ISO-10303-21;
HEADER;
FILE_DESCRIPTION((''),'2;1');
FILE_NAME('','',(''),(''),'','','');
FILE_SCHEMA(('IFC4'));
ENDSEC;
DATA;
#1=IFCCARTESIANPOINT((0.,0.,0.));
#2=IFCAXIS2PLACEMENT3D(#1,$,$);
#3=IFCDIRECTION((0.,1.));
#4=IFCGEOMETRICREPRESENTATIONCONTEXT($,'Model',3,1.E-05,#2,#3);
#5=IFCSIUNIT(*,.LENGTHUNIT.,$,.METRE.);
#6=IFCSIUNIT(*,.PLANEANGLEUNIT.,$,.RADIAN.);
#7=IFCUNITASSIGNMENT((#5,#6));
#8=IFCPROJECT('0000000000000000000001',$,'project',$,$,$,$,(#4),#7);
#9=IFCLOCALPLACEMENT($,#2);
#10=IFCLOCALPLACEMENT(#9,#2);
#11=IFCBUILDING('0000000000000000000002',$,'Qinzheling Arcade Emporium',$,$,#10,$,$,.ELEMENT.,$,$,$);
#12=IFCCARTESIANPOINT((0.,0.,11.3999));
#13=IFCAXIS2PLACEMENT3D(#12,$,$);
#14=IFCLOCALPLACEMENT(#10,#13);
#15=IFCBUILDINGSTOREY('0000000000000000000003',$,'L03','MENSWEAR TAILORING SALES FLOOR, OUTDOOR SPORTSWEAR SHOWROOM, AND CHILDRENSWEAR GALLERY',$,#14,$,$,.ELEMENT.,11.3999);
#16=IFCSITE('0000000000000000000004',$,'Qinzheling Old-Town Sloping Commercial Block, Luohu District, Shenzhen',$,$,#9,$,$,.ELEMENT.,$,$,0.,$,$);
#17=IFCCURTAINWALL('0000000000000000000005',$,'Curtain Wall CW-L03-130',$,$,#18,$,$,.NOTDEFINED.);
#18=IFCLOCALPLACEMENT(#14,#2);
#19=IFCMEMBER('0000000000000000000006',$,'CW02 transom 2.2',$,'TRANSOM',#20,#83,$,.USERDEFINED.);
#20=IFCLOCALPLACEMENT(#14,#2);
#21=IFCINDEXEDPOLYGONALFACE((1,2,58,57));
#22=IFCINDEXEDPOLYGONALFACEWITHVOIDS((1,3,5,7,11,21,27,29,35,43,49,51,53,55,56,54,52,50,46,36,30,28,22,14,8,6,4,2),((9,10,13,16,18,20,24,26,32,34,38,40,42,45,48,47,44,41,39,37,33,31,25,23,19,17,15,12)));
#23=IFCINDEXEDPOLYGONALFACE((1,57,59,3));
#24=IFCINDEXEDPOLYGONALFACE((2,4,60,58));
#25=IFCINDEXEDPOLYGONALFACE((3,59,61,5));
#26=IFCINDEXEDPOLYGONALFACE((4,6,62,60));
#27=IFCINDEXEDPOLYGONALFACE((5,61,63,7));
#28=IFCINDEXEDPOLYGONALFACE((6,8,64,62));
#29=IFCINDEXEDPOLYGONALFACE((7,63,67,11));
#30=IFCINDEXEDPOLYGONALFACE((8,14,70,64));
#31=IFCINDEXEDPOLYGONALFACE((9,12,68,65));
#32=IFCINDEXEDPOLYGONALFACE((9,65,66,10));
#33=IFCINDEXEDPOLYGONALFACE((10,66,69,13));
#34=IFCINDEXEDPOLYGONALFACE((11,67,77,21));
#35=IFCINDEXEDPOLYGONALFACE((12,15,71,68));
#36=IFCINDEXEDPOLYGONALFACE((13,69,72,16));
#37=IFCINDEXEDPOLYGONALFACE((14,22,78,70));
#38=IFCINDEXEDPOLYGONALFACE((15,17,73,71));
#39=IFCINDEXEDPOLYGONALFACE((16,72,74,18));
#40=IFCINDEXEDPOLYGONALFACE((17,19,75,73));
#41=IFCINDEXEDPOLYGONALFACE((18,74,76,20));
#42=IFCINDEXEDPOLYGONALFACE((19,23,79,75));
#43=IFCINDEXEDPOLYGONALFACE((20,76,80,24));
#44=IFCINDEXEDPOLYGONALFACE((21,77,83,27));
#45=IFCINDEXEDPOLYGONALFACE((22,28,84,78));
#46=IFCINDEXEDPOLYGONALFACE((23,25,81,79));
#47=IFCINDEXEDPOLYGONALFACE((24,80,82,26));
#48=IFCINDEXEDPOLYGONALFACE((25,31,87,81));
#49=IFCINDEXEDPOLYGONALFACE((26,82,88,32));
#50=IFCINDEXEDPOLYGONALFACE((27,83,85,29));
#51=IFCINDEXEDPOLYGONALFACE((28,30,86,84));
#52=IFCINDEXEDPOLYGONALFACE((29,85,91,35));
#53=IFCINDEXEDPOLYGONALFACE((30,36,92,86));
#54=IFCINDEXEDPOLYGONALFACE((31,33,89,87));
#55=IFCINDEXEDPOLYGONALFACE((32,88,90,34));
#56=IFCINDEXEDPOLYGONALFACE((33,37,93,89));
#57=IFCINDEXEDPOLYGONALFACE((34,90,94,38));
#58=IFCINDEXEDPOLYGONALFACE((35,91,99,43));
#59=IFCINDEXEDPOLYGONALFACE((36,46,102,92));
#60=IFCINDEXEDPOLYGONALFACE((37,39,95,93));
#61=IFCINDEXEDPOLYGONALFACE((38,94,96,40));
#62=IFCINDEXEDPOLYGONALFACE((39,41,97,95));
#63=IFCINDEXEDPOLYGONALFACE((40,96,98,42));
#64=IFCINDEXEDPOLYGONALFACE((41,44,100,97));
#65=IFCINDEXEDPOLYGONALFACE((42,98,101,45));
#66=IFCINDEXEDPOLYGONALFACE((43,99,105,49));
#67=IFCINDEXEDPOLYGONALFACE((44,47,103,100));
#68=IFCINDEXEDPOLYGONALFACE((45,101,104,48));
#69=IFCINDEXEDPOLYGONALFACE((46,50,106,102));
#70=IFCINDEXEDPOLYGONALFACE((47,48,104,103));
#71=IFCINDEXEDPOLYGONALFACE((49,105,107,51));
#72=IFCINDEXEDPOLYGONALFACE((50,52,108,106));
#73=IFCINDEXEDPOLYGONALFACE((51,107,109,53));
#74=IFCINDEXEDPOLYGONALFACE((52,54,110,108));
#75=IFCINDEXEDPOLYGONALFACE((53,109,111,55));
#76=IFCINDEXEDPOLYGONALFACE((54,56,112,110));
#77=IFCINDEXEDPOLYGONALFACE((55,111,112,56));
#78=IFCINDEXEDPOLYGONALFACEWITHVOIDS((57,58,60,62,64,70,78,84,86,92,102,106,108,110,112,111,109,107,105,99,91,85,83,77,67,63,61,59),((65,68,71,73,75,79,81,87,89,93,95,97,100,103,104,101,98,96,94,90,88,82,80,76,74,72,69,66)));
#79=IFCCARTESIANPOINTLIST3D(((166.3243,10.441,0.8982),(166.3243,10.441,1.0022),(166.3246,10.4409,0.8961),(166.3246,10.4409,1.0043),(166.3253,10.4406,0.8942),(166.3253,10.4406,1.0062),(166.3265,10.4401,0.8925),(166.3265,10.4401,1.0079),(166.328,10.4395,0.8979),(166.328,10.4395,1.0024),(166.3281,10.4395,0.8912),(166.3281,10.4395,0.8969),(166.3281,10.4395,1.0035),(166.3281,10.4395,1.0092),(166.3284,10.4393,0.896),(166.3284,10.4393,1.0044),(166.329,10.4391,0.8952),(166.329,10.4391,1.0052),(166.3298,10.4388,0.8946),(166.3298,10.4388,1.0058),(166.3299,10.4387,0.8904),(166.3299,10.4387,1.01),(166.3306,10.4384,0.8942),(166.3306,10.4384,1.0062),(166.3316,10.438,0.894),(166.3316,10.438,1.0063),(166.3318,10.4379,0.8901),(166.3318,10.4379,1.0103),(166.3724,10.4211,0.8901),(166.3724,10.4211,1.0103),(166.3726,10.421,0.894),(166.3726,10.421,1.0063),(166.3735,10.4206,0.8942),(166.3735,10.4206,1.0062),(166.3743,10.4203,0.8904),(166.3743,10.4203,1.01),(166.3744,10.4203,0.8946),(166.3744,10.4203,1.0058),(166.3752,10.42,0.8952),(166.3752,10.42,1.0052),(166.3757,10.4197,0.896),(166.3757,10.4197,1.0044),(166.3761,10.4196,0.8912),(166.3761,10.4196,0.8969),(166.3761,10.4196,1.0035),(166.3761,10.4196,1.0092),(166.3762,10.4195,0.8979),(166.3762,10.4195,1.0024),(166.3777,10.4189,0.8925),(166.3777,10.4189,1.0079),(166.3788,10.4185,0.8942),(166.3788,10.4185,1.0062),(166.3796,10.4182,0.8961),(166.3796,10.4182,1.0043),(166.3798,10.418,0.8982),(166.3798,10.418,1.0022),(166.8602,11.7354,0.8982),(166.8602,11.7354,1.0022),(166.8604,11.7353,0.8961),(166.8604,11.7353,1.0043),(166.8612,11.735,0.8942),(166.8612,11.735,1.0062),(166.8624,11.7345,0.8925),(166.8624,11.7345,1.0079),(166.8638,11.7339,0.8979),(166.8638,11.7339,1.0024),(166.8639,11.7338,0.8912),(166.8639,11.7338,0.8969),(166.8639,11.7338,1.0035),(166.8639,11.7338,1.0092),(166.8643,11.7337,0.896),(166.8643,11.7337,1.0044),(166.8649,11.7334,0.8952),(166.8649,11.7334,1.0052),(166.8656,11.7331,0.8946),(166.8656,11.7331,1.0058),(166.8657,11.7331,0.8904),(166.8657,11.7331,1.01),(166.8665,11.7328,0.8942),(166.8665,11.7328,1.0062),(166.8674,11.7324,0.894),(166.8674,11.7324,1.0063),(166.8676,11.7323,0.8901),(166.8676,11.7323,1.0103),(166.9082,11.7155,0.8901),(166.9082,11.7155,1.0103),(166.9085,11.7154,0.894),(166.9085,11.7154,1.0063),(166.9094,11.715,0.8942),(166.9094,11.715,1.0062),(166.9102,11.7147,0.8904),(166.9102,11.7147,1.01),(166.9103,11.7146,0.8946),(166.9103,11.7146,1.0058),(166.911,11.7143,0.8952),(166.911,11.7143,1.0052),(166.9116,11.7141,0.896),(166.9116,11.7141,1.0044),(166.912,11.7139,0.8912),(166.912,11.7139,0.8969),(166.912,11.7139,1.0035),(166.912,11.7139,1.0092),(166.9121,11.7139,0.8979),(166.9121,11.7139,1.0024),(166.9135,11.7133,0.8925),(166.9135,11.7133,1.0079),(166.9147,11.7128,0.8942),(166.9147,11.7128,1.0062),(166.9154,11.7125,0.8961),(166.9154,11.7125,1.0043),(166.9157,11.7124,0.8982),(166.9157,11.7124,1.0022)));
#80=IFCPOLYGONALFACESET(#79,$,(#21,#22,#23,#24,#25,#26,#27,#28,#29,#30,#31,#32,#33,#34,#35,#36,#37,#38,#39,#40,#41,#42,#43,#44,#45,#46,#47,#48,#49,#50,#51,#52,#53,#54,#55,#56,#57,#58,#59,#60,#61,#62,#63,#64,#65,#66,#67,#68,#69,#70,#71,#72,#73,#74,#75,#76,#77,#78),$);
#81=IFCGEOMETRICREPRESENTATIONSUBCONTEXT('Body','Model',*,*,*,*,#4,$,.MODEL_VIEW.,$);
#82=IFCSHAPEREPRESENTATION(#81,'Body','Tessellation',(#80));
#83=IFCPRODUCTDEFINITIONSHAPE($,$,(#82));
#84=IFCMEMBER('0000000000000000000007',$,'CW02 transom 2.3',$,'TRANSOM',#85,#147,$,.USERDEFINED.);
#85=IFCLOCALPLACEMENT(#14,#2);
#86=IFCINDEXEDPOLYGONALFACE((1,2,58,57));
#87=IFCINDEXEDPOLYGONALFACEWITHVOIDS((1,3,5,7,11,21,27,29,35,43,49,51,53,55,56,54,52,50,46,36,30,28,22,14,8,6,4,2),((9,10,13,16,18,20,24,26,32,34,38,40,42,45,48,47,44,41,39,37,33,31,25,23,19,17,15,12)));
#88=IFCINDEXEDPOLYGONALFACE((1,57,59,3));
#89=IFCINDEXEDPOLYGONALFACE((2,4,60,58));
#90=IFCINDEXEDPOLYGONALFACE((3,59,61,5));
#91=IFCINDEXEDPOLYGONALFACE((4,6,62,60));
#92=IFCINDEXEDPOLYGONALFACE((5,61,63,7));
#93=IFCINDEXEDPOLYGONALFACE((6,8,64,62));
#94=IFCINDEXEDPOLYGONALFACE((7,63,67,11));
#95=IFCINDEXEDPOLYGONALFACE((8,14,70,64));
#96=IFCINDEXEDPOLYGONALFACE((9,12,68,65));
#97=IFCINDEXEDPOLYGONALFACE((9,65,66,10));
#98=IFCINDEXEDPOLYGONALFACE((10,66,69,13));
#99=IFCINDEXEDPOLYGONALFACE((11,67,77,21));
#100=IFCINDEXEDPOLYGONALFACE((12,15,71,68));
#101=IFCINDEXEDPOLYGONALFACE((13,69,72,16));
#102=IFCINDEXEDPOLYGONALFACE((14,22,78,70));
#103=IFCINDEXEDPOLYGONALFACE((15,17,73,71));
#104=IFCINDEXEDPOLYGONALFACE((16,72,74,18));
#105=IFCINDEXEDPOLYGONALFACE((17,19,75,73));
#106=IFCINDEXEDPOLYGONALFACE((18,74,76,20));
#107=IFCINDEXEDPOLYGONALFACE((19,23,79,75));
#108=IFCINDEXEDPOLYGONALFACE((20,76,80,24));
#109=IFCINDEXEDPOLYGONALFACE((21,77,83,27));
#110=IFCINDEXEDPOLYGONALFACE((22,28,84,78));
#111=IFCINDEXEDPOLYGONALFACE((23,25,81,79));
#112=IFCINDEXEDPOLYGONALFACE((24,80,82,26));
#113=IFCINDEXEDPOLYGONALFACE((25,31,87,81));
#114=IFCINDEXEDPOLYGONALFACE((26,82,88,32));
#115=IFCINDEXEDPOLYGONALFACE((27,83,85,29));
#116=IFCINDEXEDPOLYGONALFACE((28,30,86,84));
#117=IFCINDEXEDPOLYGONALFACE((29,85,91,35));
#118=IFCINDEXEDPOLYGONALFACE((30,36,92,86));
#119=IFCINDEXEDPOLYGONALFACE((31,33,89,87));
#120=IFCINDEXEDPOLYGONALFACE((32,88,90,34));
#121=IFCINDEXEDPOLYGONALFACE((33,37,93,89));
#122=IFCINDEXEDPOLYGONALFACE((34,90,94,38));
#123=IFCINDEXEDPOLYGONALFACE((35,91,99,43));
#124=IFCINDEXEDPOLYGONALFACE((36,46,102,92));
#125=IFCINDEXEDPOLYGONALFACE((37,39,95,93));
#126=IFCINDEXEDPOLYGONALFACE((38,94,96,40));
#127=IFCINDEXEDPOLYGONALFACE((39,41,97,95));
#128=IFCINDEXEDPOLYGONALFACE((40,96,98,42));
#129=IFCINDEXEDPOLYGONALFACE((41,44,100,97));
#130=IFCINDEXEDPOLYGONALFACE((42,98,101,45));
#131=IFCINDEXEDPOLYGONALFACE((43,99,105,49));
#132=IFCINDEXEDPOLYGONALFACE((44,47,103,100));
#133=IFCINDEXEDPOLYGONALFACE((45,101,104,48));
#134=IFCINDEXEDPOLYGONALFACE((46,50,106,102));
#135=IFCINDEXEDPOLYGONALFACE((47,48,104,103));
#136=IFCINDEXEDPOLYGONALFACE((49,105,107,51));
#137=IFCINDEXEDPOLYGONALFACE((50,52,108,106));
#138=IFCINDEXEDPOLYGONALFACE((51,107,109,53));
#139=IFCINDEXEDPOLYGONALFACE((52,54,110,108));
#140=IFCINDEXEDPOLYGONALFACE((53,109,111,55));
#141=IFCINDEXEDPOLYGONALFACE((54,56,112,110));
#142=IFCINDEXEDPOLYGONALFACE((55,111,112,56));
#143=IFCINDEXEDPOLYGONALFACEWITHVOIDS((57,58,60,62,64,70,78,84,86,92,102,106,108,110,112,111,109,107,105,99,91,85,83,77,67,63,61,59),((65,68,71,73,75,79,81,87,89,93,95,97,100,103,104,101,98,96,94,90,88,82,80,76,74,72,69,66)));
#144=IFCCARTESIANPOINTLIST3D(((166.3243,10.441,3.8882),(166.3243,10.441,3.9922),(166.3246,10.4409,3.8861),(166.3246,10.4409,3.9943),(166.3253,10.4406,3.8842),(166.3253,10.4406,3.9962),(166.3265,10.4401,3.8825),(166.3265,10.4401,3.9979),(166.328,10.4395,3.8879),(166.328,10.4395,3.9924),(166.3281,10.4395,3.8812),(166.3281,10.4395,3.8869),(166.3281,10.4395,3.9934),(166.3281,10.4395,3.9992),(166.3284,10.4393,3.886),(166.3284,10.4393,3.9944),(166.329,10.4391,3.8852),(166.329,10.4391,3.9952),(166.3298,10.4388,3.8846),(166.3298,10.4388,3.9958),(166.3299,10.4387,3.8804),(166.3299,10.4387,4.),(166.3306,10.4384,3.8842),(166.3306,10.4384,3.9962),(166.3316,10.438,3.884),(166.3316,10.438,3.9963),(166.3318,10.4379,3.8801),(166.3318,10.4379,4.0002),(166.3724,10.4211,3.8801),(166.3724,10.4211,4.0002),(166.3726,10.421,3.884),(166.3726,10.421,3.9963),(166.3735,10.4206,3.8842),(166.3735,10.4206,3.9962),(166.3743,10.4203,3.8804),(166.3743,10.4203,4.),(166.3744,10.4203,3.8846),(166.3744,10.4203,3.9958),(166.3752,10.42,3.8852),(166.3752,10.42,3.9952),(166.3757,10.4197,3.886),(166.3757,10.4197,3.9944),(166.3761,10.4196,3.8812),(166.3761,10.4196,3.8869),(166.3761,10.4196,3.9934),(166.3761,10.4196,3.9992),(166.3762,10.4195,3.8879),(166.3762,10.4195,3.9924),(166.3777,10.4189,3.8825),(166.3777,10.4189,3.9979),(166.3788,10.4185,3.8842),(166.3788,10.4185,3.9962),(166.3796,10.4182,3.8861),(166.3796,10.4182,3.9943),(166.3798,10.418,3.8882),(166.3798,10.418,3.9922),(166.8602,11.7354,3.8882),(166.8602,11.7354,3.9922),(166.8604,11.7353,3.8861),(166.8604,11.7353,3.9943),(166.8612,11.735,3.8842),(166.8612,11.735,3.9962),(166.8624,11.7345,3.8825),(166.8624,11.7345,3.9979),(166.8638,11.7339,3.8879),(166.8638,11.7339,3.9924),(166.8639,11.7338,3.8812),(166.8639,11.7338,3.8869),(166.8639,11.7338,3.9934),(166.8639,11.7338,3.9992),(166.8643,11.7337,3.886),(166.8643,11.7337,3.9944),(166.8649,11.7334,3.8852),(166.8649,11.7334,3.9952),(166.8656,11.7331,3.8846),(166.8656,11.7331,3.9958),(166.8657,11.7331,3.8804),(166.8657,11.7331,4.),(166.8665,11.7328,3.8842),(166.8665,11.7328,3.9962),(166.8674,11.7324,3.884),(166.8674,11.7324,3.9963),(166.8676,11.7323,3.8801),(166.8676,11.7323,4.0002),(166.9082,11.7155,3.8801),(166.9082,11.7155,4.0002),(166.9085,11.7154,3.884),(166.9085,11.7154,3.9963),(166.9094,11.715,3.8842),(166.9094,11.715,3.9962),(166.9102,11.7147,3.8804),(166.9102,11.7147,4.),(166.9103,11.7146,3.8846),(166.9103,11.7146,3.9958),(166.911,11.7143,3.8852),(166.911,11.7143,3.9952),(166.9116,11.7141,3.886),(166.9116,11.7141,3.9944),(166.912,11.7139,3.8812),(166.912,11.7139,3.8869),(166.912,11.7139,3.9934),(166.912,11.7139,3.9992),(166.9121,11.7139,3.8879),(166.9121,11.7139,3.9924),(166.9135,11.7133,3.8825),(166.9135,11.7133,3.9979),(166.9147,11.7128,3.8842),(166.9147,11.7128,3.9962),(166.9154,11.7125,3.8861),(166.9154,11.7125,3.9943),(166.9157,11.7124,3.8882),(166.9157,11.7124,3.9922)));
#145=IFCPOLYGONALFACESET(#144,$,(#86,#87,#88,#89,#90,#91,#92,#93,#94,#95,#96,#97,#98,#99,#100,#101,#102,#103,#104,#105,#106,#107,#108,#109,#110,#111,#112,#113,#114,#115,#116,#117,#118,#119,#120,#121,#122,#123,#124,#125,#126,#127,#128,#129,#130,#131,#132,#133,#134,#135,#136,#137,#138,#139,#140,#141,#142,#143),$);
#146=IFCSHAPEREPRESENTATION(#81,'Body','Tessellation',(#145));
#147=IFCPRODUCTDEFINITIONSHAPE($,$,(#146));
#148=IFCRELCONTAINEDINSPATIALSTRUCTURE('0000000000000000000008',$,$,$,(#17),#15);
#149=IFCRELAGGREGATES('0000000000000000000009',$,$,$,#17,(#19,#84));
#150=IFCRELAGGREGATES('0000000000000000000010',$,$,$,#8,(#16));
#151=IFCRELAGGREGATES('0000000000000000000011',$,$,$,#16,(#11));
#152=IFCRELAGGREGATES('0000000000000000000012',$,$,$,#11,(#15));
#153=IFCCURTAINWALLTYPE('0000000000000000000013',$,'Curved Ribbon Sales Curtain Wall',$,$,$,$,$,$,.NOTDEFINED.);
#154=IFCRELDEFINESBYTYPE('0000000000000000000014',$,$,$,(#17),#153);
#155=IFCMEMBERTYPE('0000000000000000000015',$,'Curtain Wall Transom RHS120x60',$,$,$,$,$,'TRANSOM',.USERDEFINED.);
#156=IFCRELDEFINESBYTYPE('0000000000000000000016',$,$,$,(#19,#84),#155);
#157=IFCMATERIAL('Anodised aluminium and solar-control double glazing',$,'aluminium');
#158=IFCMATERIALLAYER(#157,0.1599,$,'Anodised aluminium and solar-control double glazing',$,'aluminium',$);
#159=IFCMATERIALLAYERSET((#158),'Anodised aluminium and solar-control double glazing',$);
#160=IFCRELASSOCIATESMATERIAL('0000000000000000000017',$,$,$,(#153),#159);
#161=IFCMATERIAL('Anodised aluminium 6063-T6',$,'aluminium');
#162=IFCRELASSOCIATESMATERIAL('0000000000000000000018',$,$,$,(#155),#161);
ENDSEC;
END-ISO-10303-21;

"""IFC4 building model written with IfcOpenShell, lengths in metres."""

from ifc_helpers import new_model, si_unit, direction, frame, origin, origin_2d, place, context, subcontext, project, spatial, hollow_rectangle, extrude, material, layer, layer_set, material_profile, profile_set, type_object, element, aggregate, save


model = new_model("IFC4")

# Units and contexts
model_context = context("Model", 3, precision=1e-05, world=origin(), true_north=direction((0.0, 1.0)))
body_context = subcontext(model_context, "Body", "Model", "MODEL_VIEW")
ifc_project = project(units=[si_unit("LENGTHUNIT", "METRE"), si_unit("PLANEANGLEUNIT", "RADIAN")], contexts=[model_context])

# Site, building, storey
site_placement = place(None, origin())
site = spatial("IfcSite", under=ifc_project, at=site_placement, Name="Qinzheling Old-Town Sloping Commercial Block, Luohu District, Shenzhen", CompositionType="ELEMENT", RefElevation=0.0)
building_placement = place(site_placement, origin())
building = spatial("IfcBuilding", under=site, at=building_placement, Name="Qinzheling Arcade Emporium", CompositionType="ELEMENT")
storey_placement = place(building_placement, frame((0.0, 0.0, 11.3999)))
storey = spatial("IfcBuildingStorey", under=building, at=storey_placement, Name="L03", Description="MENSWEAR TAILORING SALES FLOOR, OUTDOOR SPORTSWEAR SHOWROOM, AND CHILDRENSWEAR GALLERY", CompositionType="ELEMENT", Elevation=11.3999)

# Shared definitions
ifc_material_1 = material(Name="Anodised aluminium and solar-control double glazing", Category="aluminium")
ifc_material_2 = material(Name="Anodised aluminium 6063-T6", Category="aluminium")

# Curtain wall
ifc_layer_1 = layer(ifc_material_1, 0.1599, Name="Anodised aluminium and solar-control double glazing", Category="aluminium")
ifc_layer_set_1 = layer_set([ifc_layer_1], Name="Anodised aluminium and solar-control double glazing")
curtain_wall_type_1 = type_object("IfcCurtainWallType", Name="Curved Ribbon Sales Curtain Wall", PredefinedType="NOTDEFINED", material=ifc_layer_set_1)
curtain_wall_1_placement = place(storey_placement, origin())
curtain_wall_1 = element("IfcCurtainWall", 1, at=curtain_wall_1_placement, inside=storey, type_object=curtain_wall_type_1, Name="Curtain Wall CW-L03-130", PredefinedType="NOTDEFINED")

# Members
ifc_material_profile_1 = material_profile(ifc_material_2, hollow_rectangle(XDim=0.0601, YDim=0.1201, WallThickness=0.0039, InnerFilletRadius=0.0039, OuterFilletRadius=0.0081, at=origin_2d()), Name="RHS 120x60x4", Category="aluminium")
ifc_profile_set_1 = profile_set([ifc_material_profile_1], Name="Anodised aluminium 6063-T6")
member_type_1 = type_object("IfcMemberType", Name="Curtain Wall Transom RHS120x60", ElementType="TRANSOM", PredefinedType="USERDEFINED", material=ifc_profile_set_1)
member_1_placement = place(storey_placement, frame((166.8879, 11.7239, 0.9502), z_axis=(-0.382511, -0.923951, 0.0), x_axis=(0.923951, -0.382511, 0.0)))
member_1 = element("IfcMember", 2, at=member_1_placement, type_object=member_type_1, Name="CW02 transom 2.2", ObjectType="TRANSOM", PredefinedType="USERDEFINED", context=body_context, shape_type="SweptSolid", body=[
    extrude(hollow_rectangle(XDim=0.0601, YDim=0.1201, WallThickness=0.0039, InnerFilletRadius=0.0039, OuterFilletRadius=0.0081, at=origin_2d()), origin(), (0.0, 0.0, 1.0), 1.4009),
])
member_2_placement = place(storey_placement, frame((166.8879, 11.7239, 3.9402), z_axis=(-0.382511, -0.923951, 0.0), x_axis=(0.923951, -0.382511, 0.0)))
member_2 = element("IfcMember", 3, at=member_2_placement, type_object=member_type_1, Name="CW02 transom 2.3", ObjectType="TRANSOM", PredefinedType="USERDEFINED", context=body_context, shape_type="SweptSolid", body=[
    extrude(hollow_rectangle(XDim=0.0601, YDim=0.1201, WallThickness=0.0039, InnerFilletRadius=0.0039, OuterFilletRadius=0.0081, at=origin_2d()), origin(), (0.0, 0.0, 1.0), 1.4009),
])

aggregate(curtain_wall_1, [member_1, member_2])

save(model, "model.ifc")
